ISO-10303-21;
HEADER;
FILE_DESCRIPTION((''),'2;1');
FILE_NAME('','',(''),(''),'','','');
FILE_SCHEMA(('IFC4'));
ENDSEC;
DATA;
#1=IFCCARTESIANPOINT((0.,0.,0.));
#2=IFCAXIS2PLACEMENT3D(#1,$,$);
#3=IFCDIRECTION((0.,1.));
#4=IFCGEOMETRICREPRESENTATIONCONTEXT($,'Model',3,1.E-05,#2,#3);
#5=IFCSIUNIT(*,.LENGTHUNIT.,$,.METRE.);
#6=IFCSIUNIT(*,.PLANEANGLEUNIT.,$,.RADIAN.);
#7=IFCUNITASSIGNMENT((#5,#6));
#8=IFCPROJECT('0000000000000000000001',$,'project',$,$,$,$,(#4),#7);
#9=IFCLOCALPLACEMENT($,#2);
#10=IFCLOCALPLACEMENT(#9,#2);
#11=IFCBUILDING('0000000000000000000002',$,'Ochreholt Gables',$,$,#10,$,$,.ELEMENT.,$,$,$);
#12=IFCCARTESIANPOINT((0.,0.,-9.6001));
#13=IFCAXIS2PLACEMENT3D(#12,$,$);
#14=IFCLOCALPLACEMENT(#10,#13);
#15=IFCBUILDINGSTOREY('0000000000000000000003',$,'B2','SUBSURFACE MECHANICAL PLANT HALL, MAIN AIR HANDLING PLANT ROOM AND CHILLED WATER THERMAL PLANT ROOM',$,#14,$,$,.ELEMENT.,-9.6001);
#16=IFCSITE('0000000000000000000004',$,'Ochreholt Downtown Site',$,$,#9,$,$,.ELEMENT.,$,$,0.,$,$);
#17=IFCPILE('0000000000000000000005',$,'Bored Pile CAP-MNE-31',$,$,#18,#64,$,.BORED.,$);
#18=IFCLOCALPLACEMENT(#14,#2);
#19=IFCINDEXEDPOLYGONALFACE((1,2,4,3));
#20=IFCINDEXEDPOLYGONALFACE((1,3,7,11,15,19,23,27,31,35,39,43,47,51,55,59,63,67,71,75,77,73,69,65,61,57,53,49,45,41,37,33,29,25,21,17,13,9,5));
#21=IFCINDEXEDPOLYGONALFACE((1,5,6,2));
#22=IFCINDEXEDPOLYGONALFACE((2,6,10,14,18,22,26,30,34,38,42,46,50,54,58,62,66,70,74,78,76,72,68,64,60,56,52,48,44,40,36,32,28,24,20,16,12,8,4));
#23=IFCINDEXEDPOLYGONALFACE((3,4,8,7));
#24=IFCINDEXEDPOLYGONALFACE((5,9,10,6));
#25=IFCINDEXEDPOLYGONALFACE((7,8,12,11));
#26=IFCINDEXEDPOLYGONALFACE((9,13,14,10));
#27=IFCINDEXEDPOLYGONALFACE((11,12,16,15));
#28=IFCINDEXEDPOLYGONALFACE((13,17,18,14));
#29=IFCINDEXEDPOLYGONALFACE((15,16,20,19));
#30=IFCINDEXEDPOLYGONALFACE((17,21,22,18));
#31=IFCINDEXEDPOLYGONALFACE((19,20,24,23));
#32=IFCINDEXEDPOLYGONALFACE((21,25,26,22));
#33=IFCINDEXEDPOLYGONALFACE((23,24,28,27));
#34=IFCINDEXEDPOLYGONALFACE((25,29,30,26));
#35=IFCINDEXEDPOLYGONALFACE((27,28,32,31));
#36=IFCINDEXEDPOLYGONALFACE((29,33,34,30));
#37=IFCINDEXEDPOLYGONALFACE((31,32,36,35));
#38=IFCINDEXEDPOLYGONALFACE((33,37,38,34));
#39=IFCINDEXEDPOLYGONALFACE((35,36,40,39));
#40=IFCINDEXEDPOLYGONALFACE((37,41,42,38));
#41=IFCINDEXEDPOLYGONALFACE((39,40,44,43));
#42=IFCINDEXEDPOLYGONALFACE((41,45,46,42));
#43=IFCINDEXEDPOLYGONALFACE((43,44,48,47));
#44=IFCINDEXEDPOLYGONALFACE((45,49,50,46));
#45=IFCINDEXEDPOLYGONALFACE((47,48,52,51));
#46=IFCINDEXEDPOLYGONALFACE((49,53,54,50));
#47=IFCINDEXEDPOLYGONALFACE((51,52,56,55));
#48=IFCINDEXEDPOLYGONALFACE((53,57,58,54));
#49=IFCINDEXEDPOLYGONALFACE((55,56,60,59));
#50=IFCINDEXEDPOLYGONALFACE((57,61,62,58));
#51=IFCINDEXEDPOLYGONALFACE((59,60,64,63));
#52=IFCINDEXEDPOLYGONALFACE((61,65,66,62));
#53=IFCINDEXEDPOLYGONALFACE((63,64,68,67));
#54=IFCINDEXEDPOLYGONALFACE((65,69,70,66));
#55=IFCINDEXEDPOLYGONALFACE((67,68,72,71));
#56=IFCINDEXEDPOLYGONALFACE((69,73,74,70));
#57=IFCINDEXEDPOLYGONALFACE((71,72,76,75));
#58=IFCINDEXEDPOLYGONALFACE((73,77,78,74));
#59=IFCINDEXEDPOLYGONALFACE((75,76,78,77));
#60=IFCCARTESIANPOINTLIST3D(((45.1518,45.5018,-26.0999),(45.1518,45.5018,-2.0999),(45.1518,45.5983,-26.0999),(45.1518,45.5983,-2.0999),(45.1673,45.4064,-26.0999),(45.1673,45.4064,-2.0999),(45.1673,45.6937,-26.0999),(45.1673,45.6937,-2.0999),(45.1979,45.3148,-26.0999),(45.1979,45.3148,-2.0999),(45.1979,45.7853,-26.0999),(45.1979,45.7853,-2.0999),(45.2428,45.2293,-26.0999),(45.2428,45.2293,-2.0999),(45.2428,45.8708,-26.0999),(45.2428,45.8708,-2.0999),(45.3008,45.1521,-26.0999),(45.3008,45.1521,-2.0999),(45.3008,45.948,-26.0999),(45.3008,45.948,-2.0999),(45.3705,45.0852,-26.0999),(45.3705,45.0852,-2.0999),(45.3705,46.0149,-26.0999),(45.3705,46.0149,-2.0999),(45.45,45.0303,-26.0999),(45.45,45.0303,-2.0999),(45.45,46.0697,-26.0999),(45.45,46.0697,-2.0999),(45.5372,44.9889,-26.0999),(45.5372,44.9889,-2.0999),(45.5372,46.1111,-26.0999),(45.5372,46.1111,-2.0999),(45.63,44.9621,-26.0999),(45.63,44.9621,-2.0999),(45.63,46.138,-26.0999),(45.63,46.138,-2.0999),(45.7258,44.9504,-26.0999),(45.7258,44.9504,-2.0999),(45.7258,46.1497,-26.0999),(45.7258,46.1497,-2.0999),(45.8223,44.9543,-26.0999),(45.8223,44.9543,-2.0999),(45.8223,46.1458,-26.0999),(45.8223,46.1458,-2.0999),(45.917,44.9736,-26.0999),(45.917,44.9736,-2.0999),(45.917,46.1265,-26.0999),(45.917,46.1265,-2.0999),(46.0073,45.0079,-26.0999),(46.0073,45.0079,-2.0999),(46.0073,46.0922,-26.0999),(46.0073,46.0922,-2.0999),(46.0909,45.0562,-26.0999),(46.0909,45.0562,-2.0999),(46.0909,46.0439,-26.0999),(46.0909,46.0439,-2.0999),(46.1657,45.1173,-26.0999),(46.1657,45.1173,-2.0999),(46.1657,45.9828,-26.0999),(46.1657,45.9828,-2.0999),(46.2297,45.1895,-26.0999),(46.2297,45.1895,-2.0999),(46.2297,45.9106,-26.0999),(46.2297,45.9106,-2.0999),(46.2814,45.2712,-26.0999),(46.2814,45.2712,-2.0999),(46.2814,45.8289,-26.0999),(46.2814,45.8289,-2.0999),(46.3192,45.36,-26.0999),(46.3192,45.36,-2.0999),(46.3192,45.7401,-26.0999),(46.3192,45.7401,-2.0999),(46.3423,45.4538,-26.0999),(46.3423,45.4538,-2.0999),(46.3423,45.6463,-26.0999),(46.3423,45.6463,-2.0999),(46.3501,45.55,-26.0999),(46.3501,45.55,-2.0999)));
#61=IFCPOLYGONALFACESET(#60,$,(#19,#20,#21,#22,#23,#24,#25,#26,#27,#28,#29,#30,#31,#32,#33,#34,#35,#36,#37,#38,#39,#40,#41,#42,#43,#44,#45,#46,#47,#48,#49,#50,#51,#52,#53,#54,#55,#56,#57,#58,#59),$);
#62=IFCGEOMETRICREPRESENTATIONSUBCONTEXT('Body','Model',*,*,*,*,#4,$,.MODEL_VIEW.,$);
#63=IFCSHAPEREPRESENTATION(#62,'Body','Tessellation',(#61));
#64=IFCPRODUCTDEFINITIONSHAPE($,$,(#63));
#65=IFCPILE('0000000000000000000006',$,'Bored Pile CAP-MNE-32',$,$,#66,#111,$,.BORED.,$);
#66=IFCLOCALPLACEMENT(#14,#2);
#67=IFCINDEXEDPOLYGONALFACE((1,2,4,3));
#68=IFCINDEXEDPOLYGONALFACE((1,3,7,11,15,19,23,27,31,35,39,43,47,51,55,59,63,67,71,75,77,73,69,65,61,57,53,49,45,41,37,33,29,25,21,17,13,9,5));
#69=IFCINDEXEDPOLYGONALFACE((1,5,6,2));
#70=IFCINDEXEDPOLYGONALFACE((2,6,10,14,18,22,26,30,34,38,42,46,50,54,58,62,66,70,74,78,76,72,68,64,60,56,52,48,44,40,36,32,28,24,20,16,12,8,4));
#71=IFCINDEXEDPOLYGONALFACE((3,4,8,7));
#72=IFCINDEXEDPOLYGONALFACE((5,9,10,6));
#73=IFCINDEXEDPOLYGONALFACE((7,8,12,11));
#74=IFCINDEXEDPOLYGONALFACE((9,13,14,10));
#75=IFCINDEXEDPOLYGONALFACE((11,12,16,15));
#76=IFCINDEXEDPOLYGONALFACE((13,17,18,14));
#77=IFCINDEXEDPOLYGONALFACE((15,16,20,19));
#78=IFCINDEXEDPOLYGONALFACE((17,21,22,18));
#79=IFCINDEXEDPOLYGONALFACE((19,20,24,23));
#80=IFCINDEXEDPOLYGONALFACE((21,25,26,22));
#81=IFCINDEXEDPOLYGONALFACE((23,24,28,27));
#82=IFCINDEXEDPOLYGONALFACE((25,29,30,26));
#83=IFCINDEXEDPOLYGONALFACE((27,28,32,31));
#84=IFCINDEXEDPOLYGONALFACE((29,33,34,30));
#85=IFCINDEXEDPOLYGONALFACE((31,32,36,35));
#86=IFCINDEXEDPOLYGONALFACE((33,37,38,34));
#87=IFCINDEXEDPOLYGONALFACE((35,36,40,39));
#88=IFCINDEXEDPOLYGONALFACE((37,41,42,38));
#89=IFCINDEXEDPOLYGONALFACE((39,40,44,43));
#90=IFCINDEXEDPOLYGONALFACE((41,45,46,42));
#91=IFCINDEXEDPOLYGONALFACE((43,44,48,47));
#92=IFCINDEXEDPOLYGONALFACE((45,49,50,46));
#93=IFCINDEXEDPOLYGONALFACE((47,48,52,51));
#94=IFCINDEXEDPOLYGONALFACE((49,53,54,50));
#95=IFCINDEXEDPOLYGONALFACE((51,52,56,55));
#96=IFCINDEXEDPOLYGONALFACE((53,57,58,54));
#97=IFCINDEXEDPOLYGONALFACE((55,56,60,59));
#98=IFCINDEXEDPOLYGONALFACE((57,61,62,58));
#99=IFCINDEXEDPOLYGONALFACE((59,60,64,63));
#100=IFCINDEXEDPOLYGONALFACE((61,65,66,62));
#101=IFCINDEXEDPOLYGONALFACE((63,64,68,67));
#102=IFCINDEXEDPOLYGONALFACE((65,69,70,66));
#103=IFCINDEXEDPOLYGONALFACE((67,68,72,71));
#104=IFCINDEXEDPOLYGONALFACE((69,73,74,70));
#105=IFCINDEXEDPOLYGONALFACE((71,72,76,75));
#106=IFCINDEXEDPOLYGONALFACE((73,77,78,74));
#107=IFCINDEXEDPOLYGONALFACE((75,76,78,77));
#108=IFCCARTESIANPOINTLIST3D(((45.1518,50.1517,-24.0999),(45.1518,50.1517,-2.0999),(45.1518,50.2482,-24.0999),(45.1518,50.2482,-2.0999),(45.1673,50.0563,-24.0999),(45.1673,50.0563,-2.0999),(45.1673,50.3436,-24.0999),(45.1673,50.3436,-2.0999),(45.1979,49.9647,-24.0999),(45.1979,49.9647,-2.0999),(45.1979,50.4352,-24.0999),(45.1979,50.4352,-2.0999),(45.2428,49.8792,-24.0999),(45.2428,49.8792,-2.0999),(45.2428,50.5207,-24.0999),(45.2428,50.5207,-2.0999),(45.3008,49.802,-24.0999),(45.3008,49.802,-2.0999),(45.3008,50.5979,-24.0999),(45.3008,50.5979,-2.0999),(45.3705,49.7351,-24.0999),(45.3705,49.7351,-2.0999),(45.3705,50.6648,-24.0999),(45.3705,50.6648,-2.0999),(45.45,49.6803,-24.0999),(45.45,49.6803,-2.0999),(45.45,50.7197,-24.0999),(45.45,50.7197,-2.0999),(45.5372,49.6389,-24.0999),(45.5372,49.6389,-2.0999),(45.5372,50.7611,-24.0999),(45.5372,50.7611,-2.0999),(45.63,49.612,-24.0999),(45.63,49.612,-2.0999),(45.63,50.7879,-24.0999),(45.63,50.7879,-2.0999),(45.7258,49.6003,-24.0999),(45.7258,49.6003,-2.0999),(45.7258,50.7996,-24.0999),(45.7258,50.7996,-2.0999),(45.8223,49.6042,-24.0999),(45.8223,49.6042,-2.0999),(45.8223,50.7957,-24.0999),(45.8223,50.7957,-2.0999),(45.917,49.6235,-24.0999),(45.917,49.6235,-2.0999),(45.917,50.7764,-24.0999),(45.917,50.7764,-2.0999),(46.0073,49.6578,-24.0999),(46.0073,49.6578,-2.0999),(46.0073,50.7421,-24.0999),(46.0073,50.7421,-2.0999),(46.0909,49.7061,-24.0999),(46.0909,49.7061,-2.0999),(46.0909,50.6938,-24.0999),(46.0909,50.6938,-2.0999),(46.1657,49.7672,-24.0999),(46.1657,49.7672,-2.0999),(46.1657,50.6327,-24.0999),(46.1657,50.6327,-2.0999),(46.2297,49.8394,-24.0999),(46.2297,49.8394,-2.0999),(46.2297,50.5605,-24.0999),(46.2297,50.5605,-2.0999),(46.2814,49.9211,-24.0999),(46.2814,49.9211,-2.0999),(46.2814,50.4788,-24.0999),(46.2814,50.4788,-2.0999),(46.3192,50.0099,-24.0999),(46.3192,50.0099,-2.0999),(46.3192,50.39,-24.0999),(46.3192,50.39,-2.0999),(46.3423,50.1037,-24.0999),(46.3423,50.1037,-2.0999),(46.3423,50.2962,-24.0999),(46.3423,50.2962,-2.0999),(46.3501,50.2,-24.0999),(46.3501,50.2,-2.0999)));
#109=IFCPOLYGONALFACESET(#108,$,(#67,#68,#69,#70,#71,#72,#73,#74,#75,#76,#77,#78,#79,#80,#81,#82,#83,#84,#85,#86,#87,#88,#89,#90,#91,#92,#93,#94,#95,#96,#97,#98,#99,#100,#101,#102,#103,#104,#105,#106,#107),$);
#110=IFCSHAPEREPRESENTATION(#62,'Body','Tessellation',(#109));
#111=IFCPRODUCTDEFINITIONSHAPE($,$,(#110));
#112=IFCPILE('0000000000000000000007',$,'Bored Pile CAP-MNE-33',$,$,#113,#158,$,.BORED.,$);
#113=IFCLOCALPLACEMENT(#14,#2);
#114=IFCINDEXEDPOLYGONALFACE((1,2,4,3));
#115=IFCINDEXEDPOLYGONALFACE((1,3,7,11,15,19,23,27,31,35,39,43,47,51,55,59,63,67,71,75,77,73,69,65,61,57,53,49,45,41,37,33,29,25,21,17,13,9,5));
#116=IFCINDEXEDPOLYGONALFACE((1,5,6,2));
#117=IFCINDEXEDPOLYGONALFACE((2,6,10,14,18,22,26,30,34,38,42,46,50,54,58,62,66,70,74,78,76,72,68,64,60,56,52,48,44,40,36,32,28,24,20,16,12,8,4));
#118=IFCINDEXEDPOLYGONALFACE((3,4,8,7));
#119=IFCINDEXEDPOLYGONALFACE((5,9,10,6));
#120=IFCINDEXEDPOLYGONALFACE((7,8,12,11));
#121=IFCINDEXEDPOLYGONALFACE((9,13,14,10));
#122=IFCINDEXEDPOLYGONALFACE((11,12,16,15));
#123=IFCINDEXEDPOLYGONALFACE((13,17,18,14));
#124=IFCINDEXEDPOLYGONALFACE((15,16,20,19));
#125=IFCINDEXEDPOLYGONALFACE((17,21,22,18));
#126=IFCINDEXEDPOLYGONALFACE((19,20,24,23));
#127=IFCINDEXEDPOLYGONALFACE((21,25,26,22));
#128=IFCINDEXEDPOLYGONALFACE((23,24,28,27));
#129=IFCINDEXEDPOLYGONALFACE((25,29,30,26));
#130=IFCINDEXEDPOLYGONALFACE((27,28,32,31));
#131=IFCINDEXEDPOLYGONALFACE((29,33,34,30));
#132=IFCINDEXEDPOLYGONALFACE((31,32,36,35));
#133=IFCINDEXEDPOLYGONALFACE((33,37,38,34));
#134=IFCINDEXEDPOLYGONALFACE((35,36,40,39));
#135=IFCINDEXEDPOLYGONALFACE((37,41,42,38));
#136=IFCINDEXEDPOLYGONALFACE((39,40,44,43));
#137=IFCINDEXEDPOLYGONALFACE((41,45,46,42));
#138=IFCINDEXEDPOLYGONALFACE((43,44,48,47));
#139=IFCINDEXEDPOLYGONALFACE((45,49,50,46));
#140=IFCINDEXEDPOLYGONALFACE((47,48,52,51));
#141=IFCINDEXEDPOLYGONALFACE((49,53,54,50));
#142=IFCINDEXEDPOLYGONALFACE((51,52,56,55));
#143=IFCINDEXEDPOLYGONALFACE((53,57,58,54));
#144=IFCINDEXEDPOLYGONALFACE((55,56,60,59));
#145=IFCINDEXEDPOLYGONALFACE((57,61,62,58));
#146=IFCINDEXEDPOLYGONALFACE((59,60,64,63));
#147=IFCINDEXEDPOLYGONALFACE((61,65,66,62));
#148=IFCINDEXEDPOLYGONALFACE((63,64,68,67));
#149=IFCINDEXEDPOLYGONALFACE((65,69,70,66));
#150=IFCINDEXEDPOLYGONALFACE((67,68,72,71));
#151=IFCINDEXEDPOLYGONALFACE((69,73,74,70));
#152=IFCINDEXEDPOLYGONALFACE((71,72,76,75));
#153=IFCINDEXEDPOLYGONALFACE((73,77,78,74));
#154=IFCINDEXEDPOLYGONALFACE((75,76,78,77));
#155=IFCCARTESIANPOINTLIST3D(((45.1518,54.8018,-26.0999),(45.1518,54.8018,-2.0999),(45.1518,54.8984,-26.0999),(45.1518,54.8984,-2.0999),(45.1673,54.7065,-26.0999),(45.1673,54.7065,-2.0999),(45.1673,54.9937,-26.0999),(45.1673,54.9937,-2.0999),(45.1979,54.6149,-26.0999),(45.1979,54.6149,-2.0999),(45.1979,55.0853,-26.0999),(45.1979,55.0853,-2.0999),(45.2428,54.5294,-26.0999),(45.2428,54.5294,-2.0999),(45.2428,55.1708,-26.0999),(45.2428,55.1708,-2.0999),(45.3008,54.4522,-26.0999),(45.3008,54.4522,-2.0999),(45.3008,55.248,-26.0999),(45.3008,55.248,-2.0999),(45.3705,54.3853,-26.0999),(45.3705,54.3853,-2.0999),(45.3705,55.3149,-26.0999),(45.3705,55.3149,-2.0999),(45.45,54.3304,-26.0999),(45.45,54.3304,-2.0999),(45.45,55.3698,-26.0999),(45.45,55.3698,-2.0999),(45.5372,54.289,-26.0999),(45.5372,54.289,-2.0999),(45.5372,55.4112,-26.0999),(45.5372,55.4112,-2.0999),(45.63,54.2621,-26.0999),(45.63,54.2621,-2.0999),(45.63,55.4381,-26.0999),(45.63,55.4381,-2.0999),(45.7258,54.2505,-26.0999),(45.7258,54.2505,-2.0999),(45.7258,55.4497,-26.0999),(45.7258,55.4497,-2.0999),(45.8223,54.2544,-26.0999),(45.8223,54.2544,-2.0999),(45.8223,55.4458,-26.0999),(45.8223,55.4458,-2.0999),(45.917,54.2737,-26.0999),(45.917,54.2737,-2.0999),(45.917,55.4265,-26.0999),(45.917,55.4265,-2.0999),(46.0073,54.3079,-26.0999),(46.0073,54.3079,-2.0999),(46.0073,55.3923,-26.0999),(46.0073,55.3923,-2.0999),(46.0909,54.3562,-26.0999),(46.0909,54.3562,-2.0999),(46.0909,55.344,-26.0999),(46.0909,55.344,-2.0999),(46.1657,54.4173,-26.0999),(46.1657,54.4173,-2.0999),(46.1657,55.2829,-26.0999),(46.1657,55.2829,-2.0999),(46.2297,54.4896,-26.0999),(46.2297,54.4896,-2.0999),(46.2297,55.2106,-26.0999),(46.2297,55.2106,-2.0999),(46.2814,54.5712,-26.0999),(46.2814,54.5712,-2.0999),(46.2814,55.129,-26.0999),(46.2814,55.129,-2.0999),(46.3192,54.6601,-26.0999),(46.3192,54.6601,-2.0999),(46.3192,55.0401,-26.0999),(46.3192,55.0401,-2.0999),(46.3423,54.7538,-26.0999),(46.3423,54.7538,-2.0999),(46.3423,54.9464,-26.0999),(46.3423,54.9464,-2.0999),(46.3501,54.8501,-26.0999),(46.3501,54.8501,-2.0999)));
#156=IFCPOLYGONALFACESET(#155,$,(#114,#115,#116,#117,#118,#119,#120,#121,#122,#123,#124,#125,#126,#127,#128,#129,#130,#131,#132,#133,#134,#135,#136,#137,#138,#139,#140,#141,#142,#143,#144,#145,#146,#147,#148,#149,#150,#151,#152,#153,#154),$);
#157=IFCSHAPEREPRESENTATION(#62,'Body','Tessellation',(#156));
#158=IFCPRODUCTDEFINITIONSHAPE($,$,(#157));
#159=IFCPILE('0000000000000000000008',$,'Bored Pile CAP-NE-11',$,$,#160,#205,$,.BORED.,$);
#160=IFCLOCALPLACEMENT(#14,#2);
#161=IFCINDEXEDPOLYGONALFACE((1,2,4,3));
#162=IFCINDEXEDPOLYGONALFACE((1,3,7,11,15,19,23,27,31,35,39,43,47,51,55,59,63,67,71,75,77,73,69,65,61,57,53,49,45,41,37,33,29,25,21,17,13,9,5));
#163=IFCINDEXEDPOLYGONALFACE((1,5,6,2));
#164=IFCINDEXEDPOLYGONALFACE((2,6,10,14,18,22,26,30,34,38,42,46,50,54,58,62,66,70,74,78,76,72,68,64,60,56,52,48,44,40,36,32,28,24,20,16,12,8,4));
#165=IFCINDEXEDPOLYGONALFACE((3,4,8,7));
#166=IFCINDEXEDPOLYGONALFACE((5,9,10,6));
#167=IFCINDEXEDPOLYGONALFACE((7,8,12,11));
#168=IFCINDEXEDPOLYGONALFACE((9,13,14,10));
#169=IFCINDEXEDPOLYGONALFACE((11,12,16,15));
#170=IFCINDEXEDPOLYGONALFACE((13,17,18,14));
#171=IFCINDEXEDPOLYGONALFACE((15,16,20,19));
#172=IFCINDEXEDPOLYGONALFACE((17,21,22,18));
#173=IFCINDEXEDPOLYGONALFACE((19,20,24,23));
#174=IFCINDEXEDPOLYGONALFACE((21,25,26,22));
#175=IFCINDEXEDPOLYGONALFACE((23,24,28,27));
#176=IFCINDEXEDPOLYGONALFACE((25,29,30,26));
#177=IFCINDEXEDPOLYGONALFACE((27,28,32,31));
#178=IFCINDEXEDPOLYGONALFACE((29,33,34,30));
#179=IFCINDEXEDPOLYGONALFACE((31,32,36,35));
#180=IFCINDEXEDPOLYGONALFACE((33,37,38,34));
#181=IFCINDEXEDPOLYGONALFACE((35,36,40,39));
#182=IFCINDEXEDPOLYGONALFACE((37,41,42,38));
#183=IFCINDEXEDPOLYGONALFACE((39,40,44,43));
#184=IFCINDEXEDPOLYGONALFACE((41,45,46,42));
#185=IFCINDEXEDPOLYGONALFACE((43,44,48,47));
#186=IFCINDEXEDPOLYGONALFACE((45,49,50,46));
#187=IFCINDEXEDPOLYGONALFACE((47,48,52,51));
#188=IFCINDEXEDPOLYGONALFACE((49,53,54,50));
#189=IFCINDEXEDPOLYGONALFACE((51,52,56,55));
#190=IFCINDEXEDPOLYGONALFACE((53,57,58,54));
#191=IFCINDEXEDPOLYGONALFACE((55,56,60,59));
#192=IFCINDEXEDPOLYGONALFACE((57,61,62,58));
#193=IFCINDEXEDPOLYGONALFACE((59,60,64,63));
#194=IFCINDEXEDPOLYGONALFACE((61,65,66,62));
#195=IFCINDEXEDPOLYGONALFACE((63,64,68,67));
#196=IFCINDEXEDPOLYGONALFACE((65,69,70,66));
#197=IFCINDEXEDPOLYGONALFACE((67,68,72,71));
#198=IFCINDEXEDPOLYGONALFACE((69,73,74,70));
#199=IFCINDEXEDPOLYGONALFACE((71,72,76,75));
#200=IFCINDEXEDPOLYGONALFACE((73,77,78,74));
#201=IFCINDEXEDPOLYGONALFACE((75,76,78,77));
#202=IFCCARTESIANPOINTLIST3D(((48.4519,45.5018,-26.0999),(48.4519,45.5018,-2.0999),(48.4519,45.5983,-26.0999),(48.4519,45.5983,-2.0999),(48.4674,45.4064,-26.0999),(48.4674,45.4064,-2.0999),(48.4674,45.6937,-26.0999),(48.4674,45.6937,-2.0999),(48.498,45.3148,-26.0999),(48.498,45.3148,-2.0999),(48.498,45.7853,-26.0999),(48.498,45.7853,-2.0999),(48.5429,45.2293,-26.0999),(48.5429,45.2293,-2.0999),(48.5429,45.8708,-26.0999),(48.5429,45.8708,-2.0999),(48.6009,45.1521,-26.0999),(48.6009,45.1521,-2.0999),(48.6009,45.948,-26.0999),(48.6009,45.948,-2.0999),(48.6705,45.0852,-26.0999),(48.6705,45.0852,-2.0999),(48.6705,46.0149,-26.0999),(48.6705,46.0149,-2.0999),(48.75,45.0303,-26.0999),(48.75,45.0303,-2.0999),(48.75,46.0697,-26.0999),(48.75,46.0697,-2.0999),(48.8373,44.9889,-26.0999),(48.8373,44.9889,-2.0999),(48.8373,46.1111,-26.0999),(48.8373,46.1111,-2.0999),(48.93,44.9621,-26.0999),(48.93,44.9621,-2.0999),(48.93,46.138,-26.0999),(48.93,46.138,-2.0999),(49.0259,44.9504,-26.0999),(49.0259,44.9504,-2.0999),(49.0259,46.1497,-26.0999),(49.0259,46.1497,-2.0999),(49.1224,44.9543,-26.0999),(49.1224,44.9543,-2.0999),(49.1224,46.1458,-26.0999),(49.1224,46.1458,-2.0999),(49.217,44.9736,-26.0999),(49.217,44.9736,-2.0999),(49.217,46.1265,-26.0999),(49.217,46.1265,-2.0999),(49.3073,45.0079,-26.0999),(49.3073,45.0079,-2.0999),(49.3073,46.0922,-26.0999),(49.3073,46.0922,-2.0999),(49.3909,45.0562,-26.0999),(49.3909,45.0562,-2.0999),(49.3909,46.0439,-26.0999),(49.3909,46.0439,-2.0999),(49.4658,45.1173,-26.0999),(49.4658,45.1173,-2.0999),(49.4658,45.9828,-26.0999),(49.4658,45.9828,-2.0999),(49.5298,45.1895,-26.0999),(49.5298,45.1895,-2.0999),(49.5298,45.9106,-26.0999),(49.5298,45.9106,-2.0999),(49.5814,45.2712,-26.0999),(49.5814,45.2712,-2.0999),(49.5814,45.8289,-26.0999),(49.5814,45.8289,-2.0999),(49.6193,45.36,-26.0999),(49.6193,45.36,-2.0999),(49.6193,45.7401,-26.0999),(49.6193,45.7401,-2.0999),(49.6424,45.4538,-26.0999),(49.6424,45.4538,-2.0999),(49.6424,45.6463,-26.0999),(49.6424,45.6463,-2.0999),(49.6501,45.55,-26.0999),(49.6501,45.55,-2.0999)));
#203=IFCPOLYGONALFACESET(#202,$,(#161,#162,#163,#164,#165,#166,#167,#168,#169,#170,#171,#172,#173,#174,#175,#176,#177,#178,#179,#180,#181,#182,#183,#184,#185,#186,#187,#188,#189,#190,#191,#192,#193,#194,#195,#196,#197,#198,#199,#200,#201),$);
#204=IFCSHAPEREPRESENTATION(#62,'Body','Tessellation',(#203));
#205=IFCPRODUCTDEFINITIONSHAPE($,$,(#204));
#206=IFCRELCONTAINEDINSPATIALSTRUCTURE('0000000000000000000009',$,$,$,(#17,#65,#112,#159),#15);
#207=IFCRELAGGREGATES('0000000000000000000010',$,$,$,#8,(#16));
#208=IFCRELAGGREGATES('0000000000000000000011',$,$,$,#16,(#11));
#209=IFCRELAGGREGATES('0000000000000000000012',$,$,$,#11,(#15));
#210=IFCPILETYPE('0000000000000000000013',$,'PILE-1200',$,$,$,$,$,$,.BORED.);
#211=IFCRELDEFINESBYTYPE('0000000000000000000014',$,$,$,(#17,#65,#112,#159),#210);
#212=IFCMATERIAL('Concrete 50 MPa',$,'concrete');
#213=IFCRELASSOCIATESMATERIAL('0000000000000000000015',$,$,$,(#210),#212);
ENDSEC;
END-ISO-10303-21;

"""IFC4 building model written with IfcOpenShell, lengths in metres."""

from ifc_helpers import new_model, si_unit, direction, frame, origin, origin_2d, place, context, subcontext, project, spatial, circle, extrude, material, material_profile, profile_set, type_object, element, save


model = new_model("IFC4")

# Units and contexts
model_context = context("Model", 3, precision=1e-05, world=origin(), true_north=direction((0.0, 1.0)))
body_context = subcontext(model_context, "Body", "Model", "MODEL_VIEW")
ifc_project = project(units=[si_unit("LENGTHUNIT", "METRE"), si_unit("PLANEANGLEUNIT", "RADIAN")], contexts=[model_context])

# Site, building, storey
site_placement = place(None, origin())
site = spatial("IfcSite", under=ifc_project, at=site_placement, Name="Ochreholt Downtown Site", CompositionType="ELEMENT", RefElevation=0.0)
building_placement = place(site_placement, origin())
building = spatial("IfcBuilding", under=site, at=building_placement, Name="Ochreholt Gables", CompositionType="ELEMENT")
storey_placement = place(building_placement, frame((0.0, 0.0, -9.6001)))
storey = spatial("IfcBuildingStorey", under=building, at=storey_placement, Name="B2", Description="SUBSURFACE MECHANICAL PLANT HALL, MAIN AIR HANDLING PLANT ROOM AND CHILLED WATER THERMAL PLANT ROOM", CompositionType="ELEMENT", Elevation=-9.6001)

# Shared definitions
ifc_material_1 = material(Name="Concrete 50 MPa", Category="concrete")

# Piles
ifc_material_profile_1 = material_profile(ifc_material_1, circle(Radius=0.6001, at=origin_2d()), Name="PILE1200")
ifc_profile_set_1 = profile_set([ifc_material_profile_1], Name="Concrete 50 MPa")
pile_type = type_object("IfcPileType", Name="PILE-1200", PredefinedType="BORED", material=ifc_profile_set_1)
pile_1_placement = place(storey_placement, frame((45.75, 45.55, -2.0999), z_axis=(0.0, 0.0, -1.0), x_axis=(1.0, 0.0, 0.0)))
element("IfcPile", 1, at=pile_1_placement, inside=storey, type_object=pile_type, Name="Bored Pile CAP-MNE-31", PredefinedType="BORED", context=body_context, shape_type="SweptSolid", body=[
    extrude(circle(Radius=0.6001, at=origin_2d()), origin(), (0.0, 0.0, 1.0), 24.0),
])
pile_2_placement = place(storey_placement, frame((45.75, 50.2, -2.0999), z_axis=(0.0, 0.0, -1.0), x_axis=(1.0, 0.0, 0.0)))
element("IfcPile", 2, at=pile_2_placement, inside=storey, type_object=pile_type, Name="Bored Pile CAP-MNE-32", PredefinedType="BORED", context=body_context, shape_type="SweptSolid", body=[
    extrude(circle(Radius=0.6001, at=origin_2d()), origin(), (0.0, 0.0, 1.0), 22.0),
])
for number, where, z_axis, x_axis, name in (
    (3, (45.75, 54.8501, -2.0999), (0.0, 0.0, -1.0), (1.0, 0.0, 0.0), "Bored Pile CAP-MNE-33"),
    (4, (49.05, 45.55, -2.0999), (0.0, 0.0, -1.0), (1.0, 0.0, 0.0), "Bored Pile CAP-NE-11"),
):
    element("IfcPile", number, at=place(storey_placement, frame(where, z_axis=z_axis, x_axis=x_axis)), inside=storey, type_object=pile_type, Name=name, PredefinedType="BORED", context=body_context, shape_type="SweptSolid", body=[
        extrude(circle(Radius=0.6001, at=origin_2d()), origin(), (0.0, 0.0, 1.0), 24.0),
    ])

save(model, "model.ifc")
